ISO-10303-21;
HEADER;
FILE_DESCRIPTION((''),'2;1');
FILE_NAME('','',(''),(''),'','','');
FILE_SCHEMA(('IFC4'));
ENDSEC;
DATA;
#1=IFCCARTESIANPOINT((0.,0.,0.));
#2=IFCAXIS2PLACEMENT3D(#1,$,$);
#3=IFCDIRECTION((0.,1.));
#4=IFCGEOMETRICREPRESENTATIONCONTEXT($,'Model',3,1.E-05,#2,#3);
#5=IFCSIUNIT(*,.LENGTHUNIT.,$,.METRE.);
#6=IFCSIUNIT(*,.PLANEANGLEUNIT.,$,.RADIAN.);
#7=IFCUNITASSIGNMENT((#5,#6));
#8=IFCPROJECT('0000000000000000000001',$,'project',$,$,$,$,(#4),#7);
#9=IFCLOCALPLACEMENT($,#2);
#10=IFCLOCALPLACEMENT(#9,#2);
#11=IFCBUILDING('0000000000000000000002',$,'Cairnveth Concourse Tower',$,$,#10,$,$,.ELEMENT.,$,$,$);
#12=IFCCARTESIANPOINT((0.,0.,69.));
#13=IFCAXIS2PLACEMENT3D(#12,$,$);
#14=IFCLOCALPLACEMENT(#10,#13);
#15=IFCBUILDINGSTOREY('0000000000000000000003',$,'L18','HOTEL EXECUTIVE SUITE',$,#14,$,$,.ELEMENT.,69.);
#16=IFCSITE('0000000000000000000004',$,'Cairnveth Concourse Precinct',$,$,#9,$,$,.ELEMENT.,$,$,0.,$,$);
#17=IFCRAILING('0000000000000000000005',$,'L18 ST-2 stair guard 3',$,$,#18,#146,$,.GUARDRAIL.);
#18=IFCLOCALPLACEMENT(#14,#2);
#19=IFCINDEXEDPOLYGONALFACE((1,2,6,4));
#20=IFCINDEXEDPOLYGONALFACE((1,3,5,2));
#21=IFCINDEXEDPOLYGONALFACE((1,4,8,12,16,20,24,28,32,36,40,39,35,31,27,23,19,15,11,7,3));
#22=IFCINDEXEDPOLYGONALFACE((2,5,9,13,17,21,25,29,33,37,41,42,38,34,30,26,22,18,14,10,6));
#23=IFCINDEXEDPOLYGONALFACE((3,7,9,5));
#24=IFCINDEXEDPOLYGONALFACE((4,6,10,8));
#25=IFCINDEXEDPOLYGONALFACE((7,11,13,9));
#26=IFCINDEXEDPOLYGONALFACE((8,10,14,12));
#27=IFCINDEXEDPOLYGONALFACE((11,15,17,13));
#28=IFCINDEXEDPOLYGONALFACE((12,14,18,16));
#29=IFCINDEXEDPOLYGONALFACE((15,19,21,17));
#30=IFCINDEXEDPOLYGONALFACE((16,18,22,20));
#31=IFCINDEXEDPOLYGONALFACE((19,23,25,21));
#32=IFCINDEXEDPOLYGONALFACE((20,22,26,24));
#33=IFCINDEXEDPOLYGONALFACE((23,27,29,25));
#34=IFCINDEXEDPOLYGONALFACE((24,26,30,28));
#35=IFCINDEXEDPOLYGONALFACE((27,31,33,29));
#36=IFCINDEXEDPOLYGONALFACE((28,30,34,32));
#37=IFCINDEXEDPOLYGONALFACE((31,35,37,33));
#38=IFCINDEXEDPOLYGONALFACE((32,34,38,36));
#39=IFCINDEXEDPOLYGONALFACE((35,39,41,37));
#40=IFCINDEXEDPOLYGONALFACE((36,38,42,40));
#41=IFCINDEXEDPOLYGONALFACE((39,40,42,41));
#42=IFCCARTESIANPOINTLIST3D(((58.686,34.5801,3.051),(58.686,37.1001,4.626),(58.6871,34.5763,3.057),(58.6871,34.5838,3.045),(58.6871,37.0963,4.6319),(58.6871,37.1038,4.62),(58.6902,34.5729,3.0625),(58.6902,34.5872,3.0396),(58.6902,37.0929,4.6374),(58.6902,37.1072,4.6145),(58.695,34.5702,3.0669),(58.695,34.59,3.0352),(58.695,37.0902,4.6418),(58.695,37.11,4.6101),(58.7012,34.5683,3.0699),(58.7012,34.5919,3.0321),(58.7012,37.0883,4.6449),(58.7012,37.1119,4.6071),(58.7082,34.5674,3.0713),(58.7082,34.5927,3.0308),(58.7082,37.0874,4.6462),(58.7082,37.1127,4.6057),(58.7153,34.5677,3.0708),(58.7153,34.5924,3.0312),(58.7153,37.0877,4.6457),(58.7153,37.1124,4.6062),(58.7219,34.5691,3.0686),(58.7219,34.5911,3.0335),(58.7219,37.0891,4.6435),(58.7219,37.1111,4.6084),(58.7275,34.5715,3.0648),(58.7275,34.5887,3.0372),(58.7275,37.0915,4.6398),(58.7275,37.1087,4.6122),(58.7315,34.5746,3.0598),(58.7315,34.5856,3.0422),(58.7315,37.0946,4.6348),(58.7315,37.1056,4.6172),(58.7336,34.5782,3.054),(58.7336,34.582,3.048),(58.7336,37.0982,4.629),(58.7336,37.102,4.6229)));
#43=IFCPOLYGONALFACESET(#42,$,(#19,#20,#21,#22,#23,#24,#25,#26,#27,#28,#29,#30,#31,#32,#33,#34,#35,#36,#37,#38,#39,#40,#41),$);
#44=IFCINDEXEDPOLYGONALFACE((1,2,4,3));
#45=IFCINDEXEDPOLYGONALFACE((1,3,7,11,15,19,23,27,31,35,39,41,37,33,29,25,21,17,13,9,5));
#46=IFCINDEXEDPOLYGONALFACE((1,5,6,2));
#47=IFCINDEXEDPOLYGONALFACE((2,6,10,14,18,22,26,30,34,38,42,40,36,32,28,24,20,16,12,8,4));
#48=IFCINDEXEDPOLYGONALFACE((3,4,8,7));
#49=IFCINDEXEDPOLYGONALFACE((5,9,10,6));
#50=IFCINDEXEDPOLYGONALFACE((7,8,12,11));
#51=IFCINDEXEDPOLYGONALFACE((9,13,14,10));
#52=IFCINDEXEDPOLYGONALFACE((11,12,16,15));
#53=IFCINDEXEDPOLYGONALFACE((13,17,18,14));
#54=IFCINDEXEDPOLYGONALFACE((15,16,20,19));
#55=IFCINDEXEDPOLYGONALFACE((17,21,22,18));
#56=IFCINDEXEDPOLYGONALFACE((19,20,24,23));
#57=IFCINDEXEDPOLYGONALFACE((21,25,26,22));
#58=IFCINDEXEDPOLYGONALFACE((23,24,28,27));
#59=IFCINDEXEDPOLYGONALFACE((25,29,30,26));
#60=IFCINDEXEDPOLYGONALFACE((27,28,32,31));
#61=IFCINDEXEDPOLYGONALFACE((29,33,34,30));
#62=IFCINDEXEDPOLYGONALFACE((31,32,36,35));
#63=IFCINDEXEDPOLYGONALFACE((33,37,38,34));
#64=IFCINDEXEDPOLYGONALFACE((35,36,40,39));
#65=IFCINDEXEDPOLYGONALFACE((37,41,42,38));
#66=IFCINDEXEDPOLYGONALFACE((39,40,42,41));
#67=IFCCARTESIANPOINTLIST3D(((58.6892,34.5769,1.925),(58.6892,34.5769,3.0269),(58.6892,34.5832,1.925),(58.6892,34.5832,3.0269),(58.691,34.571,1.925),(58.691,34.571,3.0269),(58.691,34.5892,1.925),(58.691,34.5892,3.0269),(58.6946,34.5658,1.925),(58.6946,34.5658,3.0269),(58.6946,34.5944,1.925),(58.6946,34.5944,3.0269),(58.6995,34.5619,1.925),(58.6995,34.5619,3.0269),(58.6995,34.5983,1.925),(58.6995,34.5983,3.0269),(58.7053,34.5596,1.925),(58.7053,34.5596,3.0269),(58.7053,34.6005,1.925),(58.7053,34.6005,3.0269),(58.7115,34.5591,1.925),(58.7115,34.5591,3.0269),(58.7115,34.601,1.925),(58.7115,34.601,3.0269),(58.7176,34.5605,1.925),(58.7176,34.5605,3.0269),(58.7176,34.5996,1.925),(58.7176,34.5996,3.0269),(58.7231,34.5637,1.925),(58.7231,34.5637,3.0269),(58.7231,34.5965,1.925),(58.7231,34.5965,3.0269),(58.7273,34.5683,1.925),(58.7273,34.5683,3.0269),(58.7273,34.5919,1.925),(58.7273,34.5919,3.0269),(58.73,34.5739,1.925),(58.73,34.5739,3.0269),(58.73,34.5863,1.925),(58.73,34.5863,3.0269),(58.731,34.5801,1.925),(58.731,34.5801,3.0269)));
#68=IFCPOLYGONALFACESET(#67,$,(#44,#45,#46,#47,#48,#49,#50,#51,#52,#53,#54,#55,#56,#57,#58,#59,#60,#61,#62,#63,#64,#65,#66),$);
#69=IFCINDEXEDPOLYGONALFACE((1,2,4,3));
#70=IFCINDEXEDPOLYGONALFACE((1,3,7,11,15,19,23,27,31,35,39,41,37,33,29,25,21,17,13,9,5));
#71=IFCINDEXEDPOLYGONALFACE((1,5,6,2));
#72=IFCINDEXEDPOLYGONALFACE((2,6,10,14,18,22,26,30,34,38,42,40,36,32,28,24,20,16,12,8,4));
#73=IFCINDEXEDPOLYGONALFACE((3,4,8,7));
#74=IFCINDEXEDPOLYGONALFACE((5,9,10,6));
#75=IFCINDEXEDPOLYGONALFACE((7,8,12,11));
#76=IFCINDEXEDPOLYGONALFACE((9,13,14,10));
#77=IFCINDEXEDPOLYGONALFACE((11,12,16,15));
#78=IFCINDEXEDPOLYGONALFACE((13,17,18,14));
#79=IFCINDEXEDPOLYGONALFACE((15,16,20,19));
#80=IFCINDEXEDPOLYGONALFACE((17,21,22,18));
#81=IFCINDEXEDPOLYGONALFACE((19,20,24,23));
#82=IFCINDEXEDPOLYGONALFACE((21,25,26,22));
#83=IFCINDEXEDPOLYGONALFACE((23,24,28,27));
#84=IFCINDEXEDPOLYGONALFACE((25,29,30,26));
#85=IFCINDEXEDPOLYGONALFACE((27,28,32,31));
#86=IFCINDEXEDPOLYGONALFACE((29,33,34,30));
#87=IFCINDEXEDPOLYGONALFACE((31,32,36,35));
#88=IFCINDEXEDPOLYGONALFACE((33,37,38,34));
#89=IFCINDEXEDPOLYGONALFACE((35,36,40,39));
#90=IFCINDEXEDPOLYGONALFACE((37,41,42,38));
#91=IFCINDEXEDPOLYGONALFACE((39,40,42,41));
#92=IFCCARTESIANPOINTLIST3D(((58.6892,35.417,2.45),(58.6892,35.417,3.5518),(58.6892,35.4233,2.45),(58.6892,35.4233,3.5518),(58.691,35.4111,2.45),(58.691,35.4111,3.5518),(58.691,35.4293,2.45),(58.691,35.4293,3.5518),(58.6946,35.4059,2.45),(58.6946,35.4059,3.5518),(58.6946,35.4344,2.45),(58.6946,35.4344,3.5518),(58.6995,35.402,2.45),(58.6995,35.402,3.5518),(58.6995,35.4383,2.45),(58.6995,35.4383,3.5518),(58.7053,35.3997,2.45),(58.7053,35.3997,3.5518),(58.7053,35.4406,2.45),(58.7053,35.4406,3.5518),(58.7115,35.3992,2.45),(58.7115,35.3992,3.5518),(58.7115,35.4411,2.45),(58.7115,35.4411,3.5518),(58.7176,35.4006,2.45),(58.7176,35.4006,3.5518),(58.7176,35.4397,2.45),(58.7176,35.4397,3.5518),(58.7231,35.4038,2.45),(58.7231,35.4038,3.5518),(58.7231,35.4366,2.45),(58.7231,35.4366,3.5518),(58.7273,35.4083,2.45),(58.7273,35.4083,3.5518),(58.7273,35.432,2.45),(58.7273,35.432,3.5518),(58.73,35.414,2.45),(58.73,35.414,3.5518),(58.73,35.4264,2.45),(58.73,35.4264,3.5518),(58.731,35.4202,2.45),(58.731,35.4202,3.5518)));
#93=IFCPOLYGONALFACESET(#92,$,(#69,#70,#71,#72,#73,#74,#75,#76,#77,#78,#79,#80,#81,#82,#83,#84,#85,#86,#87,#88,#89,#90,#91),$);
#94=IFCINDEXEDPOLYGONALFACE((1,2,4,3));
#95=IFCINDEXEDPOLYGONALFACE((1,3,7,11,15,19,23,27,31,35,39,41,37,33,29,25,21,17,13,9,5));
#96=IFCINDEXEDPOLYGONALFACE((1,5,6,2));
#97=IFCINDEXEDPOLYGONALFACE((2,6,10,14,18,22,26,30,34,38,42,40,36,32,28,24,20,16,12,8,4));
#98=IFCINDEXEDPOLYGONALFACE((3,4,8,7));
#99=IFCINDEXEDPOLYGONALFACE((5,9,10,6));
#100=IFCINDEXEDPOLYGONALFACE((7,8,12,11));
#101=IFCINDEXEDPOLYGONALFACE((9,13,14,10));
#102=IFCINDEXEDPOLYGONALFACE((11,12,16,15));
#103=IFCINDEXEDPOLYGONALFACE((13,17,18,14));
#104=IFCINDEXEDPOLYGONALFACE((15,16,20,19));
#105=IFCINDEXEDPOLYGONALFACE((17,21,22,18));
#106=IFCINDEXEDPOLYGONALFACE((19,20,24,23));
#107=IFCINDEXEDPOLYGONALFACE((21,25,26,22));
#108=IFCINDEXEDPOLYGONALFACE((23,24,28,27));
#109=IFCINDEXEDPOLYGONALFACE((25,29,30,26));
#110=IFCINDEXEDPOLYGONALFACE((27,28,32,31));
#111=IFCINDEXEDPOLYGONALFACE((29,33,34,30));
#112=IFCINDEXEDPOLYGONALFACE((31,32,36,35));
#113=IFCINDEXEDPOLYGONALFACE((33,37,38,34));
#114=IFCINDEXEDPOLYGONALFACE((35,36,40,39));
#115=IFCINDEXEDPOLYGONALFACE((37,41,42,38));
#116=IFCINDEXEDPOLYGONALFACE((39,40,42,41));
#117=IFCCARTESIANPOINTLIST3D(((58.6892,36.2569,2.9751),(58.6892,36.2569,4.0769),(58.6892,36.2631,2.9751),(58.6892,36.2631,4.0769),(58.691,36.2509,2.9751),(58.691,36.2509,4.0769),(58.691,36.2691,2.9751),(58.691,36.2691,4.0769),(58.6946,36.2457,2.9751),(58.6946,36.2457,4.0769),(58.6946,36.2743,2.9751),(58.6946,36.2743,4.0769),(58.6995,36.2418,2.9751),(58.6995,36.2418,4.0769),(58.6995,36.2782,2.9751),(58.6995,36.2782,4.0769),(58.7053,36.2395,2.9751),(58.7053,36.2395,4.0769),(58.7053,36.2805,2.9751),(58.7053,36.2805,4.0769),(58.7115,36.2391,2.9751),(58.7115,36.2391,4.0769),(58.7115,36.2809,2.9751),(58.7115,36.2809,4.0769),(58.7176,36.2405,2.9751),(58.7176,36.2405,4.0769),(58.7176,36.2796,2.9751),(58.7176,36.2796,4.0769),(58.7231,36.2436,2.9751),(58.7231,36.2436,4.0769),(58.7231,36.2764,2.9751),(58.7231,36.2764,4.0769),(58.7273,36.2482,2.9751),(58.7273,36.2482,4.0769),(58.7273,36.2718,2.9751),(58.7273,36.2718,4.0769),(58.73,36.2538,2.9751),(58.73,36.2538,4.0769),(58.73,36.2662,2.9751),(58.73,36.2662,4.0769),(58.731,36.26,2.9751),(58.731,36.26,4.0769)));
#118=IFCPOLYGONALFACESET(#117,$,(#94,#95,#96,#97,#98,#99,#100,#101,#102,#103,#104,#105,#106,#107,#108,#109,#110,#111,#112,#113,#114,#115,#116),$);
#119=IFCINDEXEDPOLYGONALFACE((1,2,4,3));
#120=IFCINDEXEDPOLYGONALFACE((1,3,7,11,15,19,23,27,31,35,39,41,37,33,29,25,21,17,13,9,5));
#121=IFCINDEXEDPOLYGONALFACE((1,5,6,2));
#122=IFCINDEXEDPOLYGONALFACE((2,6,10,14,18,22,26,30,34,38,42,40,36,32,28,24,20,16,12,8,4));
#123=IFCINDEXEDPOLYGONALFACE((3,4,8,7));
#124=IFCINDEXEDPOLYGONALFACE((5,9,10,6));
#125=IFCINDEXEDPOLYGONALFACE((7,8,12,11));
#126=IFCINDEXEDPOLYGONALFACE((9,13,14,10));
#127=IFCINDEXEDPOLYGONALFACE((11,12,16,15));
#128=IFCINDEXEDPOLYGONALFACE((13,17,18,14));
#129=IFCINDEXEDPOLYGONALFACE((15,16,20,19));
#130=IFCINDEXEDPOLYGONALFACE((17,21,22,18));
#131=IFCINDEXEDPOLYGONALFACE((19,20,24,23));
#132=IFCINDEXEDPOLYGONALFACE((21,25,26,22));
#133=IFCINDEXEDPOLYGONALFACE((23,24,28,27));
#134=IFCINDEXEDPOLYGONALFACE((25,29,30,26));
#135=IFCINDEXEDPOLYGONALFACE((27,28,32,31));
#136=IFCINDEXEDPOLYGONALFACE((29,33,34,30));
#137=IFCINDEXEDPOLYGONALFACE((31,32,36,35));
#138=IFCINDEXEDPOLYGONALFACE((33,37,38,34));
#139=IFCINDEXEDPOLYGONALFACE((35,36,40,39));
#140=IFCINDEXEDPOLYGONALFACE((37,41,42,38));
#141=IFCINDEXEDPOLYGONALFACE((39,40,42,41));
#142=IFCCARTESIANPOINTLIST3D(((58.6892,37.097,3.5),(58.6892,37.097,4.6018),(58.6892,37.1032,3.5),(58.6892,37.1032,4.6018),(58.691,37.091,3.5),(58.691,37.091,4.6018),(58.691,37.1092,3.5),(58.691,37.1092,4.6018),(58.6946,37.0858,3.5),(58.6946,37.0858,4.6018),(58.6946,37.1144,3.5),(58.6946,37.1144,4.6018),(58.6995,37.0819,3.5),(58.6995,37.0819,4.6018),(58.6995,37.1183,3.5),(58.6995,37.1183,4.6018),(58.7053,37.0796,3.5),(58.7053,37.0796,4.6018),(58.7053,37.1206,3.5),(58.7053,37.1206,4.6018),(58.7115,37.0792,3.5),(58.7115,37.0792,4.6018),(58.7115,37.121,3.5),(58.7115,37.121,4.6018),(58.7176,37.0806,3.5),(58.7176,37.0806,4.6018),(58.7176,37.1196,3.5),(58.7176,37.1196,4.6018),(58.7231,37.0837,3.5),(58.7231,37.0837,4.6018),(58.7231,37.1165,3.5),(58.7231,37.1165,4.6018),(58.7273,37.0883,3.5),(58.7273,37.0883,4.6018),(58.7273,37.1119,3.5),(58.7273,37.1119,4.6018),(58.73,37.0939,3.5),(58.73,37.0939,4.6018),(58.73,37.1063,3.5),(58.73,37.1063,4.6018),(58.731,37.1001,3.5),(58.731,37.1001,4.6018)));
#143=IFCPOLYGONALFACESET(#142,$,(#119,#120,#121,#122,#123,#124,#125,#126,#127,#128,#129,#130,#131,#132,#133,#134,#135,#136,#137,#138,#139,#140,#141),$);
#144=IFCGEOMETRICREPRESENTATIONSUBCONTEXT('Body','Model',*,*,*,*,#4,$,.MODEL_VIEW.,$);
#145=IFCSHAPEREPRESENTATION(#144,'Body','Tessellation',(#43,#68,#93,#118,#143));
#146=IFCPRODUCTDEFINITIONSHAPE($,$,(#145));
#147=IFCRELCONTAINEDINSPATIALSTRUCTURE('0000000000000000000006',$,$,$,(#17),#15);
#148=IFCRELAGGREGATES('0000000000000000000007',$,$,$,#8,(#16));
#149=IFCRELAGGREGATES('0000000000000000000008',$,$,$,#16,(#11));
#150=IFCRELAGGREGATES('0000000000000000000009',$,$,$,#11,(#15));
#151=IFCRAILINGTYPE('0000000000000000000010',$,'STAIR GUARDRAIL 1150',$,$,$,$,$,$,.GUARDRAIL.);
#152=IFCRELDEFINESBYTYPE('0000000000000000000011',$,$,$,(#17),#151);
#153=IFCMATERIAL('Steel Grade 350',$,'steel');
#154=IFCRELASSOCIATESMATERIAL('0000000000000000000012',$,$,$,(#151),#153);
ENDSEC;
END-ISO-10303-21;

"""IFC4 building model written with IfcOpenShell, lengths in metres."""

from ifc_helpers import new_model, si_unit, direction, frame, origin, origin_2d, place, context, subcontext, project, spatial, circle, extrude, material, type_object, element, save


model = new_model("IFC4")

# Units and contexts
model_context = context("Model", 3, precision=1e-05, world=origin(), true_north=direction((0.0, 1.0)))
body_context = subcontext(model_context, "Body", "Model", "MODEL_VIEW")
ifc_project = project(units=[si_unit("LENGTHUNIT", "METRE"), si_unit("PLANEANGLEUNIT", "RADIAN")], contexts=[model_context])

# Site, building, storey
site_placement = place(None, origin())
site = spatial("IfcSite", under=ifc_project, at=site_placement, Name="Cairnveth Concourse Precinct", CompositionType="ELEMENT", RefElevation=0.0)
building_placement = place(site_placement, origin())
building = spatial("IfcBuilding", under=site, at=building_placement, Name="Cairnveth Concourse Tower", CompositionType="ELEMENT")
storey_placement = place(building_placement, frame((0.0, 0.0, 69.0)))
storey = spatial("IfcBuildingStorey", under=building, at=storey_placement, Name="L18", Description="HOTEL EXECUTIVE SUITE", CompositionType="ELEMENT", Elevation=69.0)

# Shared definitions
ifc_material_1 = material(Name="Steel Grade 350", Category="steel")

# Railing
railing_type_1 = type_object("IfcRailingType", Name="STAIR GUARDRAIL 1150", PredefinedType="GUARDRAIL", material=ifc_material_1)
railing_1_placement = place(storey_placement, frame((58.71, 34.5801, 1.925)))
element("IfcRailing", 1, at=railing_1_placement, inside=storey, type_object=railing_type_1, Name="L18 ST-2 stair guard 3", PredefinedType="GUARDRAIL", context=body_context, shape_type="SweptSolid", body=[
    extrude(circle(Radius=0.0239, at=origin_2d()), frame((0.0, 0.0, 1.126), z_axis=(0.0, 0.848008, 0.529984), x_axis=(-1.0, 0.0, 0.0)), (0.0, 0.0, 1.0), 2.9717),
    extrude(circle(Radius=0.021, at=origin_2d()), origin(), (0.0, 0.0, 1.0), 1.1018),
    extrude(circle(Radius=0.021, at=origin_2d()), frame((0.0, 0.8401, 0.5249)), (0.0, 0.0, 1.0), 1.1018),
    extrude(circle(Radius=0.021, at=origin_2d()), frame((0.0, 1.6799, 1.05)), (0.0, 0.0, 1.0), 1.1018),
    extrude(circle(Radius=0.021, at=origin_2d()), frame((0.0, 2.52, 1.575)), (0.0, 0.0, 1.0), 1.1018),
])

save(model, "model.ifc")
